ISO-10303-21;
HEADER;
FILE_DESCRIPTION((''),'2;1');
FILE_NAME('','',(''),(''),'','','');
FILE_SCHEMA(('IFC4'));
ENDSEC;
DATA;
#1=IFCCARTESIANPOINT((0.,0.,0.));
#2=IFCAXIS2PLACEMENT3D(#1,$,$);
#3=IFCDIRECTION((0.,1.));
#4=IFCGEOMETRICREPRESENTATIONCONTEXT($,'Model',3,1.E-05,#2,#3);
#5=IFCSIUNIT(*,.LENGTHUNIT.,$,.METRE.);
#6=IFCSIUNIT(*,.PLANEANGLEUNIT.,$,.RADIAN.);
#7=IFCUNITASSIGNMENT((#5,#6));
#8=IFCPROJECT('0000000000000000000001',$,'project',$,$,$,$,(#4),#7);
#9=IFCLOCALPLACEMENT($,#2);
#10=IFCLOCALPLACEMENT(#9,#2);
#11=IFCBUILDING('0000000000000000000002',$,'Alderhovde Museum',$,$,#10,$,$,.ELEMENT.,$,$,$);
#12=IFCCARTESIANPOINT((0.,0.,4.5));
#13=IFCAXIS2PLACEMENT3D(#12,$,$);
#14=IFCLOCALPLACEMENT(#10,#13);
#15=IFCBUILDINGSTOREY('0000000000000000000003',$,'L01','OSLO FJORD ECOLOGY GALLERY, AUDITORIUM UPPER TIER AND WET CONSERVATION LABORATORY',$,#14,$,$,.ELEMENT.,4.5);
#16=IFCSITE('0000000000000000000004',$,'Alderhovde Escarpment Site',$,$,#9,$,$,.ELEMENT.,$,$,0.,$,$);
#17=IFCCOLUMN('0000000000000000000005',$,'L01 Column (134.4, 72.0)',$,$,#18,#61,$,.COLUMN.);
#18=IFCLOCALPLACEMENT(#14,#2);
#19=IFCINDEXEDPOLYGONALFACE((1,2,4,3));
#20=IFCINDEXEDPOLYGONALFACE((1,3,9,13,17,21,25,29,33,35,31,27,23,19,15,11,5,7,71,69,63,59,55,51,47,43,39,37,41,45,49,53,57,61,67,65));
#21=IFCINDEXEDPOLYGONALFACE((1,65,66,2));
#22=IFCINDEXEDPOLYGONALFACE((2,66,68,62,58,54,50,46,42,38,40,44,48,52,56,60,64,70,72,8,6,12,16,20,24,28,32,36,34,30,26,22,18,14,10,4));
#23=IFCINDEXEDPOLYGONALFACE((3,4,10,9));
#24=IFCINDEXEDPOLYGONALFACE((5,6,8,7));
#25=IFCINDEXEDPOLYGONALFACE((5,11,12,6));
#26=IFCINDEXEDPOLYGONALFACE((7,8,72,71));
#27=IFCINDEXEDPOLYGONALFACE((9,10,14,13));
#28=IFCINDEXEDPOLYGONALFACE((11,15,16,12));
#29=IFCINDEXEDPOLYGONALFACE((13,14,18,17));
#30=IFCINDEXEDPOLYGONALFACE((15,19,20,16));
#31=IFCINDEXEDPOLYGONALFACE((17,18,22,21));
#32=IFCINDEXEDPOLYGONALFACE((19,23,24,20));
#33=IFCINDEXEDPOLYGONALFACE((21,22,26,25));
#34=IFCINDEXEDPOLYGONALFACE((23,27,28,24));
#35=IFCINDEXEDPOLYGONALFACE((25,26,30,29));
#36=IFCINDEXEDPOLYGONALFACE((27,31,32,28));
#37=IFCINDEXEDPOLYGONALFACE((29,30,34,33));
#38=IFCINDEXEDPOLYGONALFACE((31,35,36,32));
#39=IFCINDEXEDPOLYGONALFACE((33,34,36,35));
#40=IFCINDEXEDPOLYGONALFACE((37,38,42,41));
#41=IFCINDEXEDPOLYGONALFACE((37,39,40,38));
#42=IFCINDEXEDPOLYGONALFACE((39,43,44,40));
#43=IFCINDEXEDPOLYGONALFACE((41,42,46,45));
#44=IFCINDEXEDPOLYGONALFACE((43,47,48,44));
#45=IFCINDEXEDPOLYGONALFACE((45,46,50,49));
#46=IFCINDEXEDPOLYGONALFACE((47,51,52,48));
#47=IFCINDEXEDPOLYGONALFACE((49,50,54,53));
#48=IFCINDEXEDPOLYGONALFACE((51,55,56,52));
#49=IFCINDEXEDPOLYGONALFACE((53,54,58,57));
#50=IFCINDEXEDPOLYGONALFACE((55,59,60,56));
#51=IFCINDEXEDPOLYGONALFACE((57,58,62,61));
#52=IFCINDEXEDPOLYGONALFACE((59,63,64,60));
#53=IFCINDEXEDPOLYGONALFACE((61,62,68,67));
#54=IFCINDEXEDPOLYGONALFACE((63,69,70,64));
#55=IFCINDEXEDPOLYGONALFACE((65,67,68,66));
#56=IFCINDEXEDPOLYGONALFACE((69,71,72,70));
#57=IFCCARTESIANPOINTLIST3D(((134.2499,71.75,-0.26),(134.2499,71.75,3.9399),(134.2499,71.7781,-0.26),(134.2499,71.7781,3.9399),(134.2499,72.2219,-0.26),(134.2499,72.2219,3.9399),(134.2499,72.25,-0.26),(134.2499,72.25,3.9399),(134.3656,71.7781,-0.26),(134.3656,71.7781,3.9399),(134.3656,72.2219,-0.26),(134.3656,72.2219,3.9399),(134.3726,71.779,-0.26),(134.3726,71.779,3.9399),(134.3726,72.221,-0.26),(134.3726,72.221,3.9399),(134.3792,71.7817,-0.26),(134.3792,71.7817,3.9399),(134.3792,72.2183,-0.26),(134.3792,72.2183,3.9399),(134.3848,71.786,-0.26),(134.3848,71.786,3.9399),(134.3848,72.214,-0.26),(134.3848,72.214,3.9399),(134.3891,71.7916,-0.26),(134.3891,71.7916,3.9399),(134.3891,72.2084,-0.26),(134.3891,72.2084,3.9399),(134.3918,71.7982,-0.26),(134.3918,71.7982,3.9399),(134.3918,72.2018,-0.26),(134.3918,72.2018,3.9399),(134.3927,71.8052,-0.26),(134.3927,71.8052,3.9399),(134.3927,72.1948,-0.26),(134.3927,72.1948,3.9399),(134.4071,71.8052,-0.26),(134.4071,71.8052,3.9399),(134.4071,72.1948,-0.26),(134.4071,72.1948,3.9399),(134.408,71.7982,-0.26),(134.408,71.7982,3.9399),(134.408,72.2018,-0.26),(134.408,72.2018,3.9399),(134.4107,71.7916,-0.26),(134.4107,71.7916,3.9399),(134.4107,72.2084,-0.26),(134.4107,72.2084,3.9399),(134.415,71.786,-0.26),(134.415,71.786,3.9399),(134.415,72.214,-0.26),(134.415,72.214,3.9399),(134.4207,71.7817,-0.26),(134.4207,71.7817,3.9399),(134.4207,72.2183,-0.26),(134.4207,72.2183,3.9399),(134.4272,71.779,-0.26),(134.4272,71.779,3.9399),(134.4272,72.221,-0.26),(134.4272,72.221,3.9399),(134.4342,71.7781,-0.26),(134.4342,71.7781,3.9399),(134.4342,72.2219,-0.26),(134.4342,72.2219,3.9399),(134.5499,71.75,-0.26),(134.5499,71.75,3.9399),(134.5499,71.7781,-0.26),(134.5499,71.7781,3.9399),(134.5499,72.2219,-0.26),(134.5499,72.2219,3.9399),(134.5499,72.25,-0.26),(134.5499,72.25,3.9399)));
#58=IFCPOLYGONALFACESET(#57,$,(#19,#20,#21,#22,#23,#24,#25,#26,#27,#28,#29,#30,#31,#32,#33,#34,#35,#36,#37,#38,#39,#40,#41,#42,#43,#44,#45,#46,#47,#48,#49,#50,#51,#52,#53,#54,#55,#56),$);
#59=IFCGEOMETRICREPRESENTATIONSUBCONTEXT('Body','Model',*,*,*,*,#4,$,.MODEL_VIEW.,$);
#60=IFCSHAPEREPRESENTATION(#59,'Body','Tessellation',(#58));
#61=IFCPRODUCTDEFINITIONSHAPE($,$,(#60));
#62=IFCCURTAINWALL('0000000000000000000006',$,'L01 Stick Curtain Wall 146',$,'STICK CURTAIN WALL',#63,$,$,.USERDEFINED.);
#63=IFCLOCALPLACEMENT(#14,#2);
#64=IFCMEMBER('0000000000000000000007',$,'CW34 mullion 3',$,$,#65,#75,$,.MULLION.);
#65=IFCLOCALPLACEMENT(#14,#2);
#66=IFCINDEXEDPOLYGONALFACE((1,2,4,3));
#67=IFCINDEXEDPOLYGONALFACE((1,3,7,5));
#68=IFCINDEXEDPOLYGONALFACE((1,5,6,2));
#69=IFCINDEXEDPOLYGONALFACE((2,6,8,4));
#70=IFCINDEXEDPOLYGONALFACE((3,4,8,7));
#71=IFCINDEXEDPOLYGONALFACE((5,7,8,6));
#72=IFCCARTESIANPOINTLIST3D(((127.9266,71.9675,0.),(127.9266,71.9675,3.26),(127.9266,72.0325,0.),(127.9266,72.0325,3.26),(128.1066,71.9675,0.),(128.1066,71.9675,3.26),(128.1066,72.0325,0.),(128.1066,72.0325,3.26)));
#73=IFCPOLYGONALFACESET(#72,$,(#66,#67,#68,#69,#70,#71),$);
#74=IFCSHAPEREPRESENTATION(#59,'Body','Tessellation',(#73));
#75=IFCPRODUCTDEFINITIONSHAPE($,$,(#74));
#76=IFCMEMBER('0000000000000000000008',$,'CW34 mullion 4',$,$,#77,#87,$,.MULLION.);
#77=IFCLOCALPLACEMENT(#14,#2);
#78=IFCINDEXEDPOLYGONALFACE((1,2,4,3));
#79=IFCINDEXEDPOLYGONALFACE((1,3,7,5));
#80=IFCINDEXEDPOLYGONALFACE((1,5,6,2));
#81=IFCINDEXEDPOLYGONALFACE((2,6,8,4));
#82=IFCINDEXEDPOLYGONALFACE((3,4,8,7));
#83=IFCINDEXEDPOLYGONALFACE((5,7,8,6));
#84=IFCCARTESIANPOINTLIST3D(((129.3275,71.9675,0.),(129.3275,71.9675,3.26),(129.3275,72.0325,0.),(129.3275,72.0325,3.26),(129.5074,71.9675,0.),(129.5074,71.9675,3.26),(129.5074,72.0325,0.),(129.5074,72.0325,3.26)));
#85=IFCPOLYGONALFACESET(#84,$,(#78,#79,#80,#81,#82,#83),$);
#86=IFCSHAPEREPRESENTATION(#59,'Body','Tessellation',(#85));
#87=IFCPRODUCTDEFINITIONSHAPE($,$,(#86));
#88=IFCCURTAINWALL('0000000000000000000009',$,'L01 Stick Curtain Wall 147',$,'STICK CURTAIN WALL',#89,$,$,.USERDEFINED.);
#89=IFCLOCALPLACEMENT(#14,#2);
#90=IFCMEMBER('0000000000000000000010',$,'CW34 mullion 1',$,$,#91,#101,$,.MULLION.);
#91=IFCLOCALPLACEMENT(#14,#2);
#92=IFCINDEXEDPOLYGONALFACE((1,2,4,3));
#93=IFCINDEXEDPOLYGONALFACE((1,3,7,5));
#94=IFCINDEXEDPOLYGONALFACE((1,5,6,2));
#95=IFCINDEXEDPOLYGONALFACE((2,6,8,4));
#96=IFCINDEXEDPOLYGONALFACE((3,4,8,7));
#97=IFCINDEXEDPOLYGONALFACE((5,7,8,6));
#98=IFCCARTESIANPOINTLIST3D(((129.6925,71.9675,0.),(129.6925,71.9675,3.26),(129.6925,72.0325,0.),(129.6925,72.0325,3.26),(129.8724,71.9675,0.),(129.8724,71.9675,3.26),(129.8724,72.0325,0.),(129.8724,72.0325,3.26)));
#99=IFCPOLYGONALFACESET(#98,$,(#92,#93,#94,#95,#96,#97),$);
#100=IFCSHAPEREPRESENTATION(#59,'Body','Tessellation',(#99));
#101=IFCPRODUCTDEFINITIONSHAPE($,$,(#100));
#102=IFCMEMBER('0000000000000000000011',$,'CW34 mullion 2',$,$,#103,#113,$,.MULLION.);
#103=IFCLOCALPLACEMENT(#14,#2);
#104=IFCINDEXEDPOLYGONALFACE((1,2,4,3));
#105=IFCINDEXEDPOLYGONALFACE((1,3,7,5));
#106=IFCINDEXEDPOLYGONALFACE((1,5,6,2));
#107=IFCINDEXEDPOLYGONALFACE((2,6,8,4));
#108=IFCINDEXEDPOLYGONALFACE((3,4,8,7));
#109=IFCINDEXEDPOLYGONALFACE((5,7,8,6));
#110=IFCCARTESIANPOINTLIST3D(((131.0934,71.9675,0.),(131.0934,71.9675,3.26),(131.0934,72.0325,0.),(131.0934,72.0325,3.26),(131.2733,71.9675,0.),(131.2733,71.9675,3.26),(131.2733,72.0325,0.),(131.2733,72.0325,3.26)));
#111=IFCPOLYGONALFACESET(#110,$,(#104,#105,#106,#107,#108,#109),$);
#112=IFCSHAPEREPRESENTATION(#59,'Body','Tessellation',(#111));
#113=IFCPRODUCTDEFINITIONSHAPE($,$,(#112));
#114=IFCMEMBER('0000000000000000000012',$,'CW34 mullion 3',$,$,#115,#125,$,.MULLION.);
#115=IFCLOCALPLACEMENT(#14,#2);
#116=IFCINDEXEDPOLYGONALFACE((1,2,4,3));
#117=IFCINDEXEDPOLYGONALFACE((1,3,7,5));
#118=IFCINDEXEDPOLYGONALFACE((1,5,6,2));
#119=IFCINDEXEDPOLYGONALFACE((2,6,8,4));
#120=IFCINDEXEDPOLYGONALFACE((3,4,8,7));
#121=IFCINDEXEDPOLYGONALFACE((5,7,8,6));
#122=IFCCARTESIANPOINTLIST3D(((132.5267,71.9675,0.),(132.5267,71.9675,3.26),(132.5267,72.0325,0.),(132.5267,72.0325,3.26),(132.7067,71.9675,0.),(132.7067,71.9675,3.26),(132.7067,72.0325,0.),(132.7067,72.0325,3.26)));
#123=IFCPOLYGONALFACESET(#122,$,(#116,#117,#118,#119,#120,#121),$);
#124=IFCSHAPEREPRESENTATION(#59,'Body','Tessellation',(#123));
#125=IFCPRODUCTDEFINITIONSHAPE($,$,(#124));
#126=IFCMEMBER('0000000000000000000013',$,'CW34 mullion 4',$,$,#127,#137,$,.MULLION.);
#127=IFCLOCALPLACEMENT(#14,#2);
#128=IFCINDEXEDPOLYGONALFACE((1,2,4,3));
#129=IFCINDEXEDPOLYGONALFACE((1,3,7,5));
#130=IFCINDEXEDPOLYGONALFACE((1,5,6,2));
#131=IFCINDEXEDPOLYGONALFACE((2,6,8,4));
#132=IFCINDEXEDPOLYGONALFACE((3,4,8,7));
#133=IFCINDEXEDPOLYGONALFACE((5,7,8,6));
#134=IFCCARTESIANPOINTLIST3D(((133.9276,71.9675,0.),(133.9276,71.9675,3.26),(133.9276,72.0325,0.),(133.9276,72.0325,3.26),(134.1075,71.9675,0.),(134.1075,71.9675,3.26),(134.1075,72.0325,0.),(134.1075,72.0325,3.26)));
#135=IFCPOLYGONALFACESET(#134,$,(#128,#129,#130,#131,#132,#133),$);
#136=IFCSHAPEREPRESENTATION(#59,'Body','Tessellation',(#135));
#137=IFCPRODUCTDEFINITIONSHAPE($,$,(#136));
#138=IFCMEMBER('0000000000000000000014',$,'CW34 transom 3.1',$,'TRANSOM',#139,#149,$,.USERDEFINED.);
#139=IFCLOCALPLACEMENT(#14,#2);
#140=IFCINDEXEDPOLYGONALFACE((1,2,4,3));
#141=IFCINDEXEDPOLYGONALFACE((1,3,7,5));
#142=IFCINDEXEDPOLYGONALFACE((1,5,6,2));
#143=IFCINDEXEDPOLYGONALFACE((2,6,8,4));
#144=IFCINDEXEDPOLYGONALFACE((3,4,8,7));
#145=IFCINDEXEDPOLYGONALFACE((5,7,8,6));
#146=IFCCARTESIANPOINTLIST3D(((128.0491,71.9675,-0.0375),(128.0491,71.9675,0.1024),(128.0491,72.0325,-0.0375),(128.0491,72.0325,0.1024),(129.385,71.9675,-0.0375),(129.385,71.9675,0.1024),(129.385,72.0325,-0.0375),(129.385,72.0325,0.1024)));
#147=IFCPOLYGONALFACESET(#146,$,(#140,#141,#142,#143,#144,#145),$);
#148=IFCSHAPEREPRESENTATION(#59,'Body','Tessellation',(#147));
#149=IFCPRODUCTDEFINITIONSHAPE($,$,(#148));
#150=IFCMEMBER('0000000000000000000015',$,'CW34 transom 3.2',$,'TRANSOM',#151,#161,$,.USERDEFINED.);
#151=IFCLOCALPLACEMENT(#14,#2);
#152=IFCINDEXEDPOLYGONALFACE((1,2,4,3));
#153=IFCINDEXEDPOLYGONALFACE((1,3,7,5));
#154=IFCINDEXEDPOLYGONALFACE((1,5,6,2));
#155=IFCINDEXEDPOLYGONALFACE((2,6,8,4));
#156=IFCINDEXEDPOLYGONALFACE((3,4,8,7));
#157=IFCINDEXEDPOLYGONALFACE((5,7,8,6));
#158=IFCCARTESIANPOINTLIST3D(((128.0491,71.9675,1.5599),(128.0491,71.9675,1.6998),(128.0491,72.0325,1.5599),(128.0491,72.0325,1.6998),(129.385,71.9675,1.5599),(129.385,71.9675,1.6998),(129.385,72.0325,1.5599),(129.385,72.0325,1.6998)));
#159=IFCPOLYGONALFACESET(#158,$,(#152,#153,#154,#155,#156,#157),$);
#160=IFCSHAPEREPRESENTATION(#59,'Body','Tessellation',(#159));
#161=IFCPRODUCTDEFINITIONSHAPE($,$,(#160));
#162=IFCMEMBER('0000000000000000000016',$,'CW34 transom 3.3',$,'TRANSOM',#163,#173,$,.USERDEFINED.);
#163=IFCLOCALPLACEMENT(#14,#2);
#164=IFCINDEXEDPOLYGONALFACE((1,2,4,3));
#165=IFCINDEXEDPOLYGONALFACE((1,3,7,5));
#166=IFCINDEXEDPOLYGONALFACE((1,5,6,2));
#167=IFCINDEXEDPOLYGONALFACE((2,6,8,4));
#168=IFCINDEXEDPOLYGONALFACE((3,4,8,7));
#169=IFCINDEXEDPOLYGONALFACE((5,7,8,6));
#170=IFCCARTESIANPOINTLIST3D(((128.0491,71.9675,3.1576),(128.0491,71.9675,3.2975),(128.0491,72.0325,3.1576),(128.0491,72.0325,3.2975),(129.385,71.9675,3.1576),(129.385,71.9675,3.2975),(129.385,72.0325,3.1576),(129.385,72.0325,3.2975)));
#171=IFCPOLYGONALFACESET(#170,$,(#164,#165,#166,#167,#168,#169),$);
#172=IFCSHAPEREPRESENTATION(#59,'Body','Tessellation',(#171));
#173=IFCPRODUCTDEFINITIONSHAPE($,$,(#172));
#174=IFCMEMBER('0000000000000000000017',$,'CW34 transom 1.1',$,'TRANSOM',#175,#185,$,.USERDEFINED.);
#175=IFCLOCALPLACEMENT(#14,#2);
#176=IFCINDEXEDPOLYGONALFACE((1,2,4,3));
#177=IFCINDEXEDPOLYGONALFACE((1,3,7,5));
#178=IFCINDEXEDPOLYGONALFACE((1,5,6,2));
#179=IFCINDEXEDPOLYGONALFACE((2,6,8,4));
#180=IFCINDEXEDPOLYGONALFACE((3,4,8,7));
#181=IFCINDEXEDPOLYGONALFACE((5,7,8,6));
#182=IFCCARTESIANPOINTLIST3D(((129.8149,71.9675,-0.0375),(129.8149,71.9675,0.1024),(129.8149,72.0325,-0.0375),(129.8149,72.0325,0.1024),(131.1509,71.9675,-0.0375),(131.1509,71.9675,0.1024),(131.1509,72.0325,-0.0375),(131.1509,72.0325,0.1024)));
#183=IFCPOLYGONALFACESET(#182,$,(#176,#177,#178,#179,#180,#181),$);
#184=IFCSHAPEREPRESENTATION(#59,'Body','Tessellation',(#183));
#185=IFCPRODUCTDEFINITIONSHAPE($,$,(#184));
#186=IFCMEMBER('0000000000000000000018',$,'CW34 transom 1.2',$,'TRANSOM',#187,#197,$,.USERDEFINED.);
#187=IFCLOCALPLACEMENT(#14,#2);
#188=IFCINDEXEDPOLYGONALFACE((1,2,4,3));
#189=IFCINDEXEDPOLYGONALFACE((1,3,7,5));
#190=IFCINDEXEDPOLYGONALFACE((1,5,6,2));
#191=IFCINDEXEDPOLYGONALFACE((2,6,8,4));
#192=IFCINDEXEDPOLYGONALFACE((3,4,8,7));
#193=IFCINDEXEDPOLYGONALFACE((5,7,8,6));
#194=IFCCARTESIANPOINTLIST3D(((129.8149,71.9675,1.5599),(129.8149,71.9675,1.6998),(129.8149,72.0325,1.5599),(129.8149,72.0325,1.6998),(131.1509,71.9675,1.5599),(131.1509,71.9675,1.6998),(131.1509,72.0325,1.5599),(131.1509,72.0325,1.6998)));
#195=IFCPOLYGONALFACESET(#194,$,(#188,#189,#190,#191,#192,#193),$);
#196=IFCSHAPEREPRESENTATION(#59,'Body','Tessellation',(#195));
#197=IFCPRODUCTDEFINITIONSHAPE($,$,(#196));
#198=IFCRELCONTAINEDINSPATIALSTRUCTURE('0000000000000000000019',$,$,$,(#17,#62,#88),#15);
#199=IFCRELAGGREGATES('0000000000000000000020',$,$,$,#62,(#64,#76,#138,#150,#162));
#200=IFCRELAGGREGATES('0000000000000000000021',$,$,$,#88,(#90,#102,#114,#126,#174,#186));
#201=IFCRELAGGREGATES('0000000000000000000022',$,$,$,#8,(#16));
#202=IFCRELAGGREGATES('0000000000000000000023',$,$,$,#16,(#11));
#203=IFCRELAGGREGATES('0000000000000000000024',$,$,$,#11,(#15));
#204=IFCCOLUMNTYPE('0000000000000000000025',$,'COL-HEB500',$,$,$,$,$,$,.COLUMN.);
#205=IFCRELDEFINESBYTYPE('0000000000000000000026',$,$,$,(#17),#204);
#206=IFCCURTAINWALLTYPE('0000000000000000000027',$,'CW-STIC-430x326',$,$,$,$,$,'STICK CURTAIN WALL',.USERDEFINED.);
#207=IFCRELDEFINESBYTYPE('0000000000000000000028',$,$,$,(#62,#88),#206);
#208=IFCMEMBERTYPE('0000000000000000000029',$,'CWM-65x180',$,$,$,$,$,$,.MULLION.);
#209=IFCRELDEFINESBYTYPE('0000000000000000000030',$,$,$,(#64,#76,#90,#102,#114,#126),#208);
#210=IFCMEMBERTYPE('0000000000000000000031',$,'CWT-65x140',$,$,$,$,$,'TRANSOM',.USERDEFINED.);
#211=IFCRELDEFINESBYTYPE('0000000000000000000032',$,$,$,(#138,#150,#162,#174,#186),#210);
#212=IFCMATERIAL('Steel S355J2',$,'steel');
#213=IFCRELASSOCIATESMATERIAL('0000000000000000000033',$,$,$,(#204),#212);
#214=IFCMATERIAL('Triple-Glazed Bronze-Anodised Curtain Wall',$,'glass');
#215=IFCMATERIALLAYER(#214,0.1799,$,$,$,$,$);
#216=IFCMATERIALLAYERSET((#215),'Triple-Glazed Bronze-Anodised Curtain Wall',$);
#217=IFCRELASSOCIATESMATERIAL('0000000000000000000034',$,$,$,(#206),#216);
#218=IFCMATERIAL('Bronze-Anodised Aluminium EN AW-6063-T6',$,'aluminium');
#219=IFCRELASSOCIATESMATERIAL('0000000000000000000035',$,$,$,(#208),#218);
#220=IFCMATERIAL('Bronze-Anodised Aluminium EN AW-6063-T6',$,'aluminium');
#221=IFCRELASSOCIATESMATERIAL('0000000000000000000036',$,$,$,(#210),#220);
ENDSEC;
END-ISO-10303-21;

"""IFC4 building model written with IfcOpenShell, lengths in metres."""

from ifc_helpers import new_model, si_unit, direction, frame, origin, origin_2d, place, context, subcontext, project, spatial, rectangle, i_section, extrude, material, layer, layer_set, material_profile, profile_set, type_object, element, aggregate, save


model = new_model("IFC4")

# Units and contexts
model_context = context("Model", 3, precision=1e-05, world=origin(), true_north=direction((0.0, 1.0)))
body_context = subcontext(model_context, "Body", "Model", "MODEL_VIEW")
ifc_project = project(units=[si_unit("LENGTHUNIT", "METRE"), si_unit("PLANEANGLEUNIT", "RADIAN")], contexts=[model_context])

# Site, building, storey
site_placement = place(None, origin())
site = spatial("IfcSite", under=ifc_project, at=site_placement, Name="Alderhovde Escarpment Site", CompositionType="ELEMENT", RefElevation=0.0)
building_placement = place(site_placement, origin())
building = spatial("IfcBuilding", under=site, at=building_placement, Name="Alderhovde Museum", CompositionType="ELEMENT")
storey_placement = place(building_placement, frame((0.0, 0.0, 4.5)))
storey = spatial("IfcBuildingStorey", under=building, at=storey_placement, Name="L01", Description="OSLO FJORD ECOLOGY GALLERY, AUDITORIUM UPPER TIER AND WET CONSERVATION LABORATORY", CompositionType="ELEMENT", Elevation=4.5)

# Column
ifc_material_1 = material(Name="Steel S355J2", Category="steel")
ifc_material_profile_1 = material_profile(ifc_material_1, i_section(OverallWidth=0.3, OverallDepth=0.5, WebThickness=0.0144, FlangeThickness=0.0281, FilletRadius=0.0271, at=origin_2d()), Name="HEB 500")
ifc_profile_set_1 = profile_set([ifc_material_profile_1], Name="Steel S355J2")
column_type = type_object("IfcColumnType", Name="COL-HEB500", PredefinedType="COLUMN", material=ifc_profile_set_1)
column_placement = place(storey_placement, frame((134.3999, 72.0, -0.26), z_axis=(0.0, 0.0, 1.0), x_axis=(1.0, 0.0, 0.0)))
element("IfcColumn", 1, at=column_placement, inside=storey, type_object=column_type, Name="L01 Column (134.4, 72.0)", PredefinedType="COLUMN", context=body_context, shape_type="SweptSolid", body=[
    extrude(i_section(OverallWidth=0.3, OverallDepth=0.5, WebThickness=0.0144, FlangeThickness=0.0281, FilletRadius=0.0271, at=origin_2d()), origin(), (0.0, 0.0, 1.0), 4.2),
])

# Curtain walls, members
ifc_material_2 = material(Name="Triple-Glazed Bronze-Anodised Curtain Wall", Category="glass")
ifc_layer_1 = layer(ifc_material_2, 0.1799)
ifc_layer_set_1 = layer_set([ifc_layer_1], Name="Triple-Glazed Bronze-Anodised Curtain Wall")
curtain_wall_type = type_object("IfcCurtainWallType", Name="CW-STIC-430x326", ElementType="STICK CURTAIN WALL", PredefinedType="USERDEFINED", material=ifc_layer_set_1)
curtain_wall_1_placement = place(storey_placement, origin())
curtain_wall_1 = element("IfcCurtainWall", 2, at=curtain_wall_1_placement, inside=storey, type_object=curtain_wall_type, Name="L01 Stick Curtain Wall 146", ObjectType="STICK CURTAIN WALL", PredefinedType="USERDEFINED")
ifc_material_3 = material(Name="Bronze-Anodised Aluminium EN AW-6063-T6", Category="aluminium")
ifc_material_profile_2 = material_profile(ifc_material_3, rectangle(XDim=0.0649, YDim=0.1799, at=origin_2d()), Name="MULLION 65x180")
ifc_profile_set_2 = profile_set([ifc_material_profile_2], Name="Bronze-Anodised Aluminium EN AW-6063-T6")
member_type_1 = type_object("IfcMemberType", Name="CWM-65x180", PredefinedType="MULLION", material=ifc_profile_set_2)
member_1_placement = place(storey_placement, frame((128.0166, 72.0, 0.0), z_axis=(0.0, 0.0, 1.0), x_axis=(0.0, 1.0, 0.0)))
member_1 = element("IfcMember", 3, at=member_1_placement, type_object=member_type_1, Name="CW34 mullion 3", PredefinedType="MULLION", context=body_context, shape_type="SweptSolid", body=[
    extrude(rectangle(XDim=0.0649, YDim=0.1799, at=origin_2d()), origin(), (0.0, 0.0, 1.0), 3.26),
])
member_2_placement = place(storey_placement, frame((129.4175, 72.0, 0.0), z_axis=(0.0, 0.0, 1.0), x_axis=(0.0, 1.0, 0.0)))
member_2 = element("IfcMember", 4, at=member_2_placement, type_object=member_type_1, Name="CW34 mullion 4", PredefinedType="MULLION", context=body_context, shape_type="SweptSolid", body=[
    extrude(rectangle(XDim=0.0649, YDim=0.1799, at=origin_2d()), origin(), (0.0, 0.0, 1.0), 3.26),
])
curtain_wall_2_placement = place(storey_placement, origin())
curtain_wall_2 = element("IfcCurtainWall", 5, at=curtain_wall_2_placement, inside=storey, type_object=curtain_wall_type, Name="L01 Stick Curtain Wall 147", ObjectType="STICK CURTAIN WALL", PredefinedType="USERDEFINED")
member_3_placement = place(storey_placement, frame((129.7825, 72.0, 0.0), z_axis=(0.0, 0.0, 1.0), x_axis=(0.0, 1.0, 0.0)))
member_3 = element("IfcMember", 6, at=member_3_placement, type_object=member_type_1, Name="CW34 mullion 1", PredefinedType="MULLION", context=body_context, shape_type="SweptSolid", body=[
    extrude(rectangle(XDim=0.0649, YDim=0.1799, at=origin_2d()), origin(), (0.0, 0.0, 1.0), 3.26),
])
member_4_placement = place(storey_placement, frame((131.1833, 72.0, 0.0), z_axis=(0.0, 0.0, 1.0), x_axis=(0.0, 1.0, 0.0)))
member_4 = element("IfcMember", 7, at=member_4_placement, type_object=member_type_1, Name="CW34 mullion 2", PredefinedType="MULLION", context=body_context, shape_type="SweptSolid", body=[
    extrude(rectangle(XDim=0.0649, YDim=0.1799, at=origin_2d()), origin(), (0.0, 0.0, 1.0), 3.26),
])
member_5_placement = place(storey_placement, frame((132.6167, 72.0, 0.0), z_axis=(0.0, 0.0, 1.0), x_axis=(0.0, 1.0, 0.0)))
member_5 = element("IfcMember", 8, at=member_5_placement, type_object=member_type_1, Name="CW34 mullion 3", PredefinedType="MULLION", context=body_context, shape_type="SweptSolid", body=[
    extrude(rectangle(XDim=0.0649, YDim=0.1799, at=origin_2d()), origin(), (0.0, 0.0, 1.0), 3.26),
])
member_6_placement = place(storey_placement, frame((134.0176, 72.0, 0.0), z_axis=(0.0, 0.0, 1.0), x_axis=(0.0, 1.0, 0.0)))
member_6 = element("IfcMember", 9, at=member_6_placement, type_object=member_type_1, Name="CW34 mullion 4", PredefinedType="MULLION", context=body_context, shape_type="SweptSolid", body=[
    extrude(rectangle(XDim=0.0649, YDim=0.1799, at=origin_2d()), origin(), (0.0, 0.0, 1.0), 3.26),
])

# Members
ifc_material_4 = material(Name="Bronze-Anodised Aluminium EN AW-6063-T6", Category="aluminium")
ifc_material_profile_3 = material_profile(ifc_material_4, rectangle(XDim=0.0649, YDim=0.1399, at=origin_2d()), Name="TRANSOM 65x140")
ifc_profile_set_3 = profile_set([ifc_material_profile_3], Name="Bronze-Anodised Aluminium EN AW-6063-T6")
member_type_2 = type_object("IfcMemberType", Name="CWT-65x140", ElementType="TRANSOM", PredefinedType="USERDEFINED", material=ifc_profile_set_3)
member_7_placement = place(storey_placement, frame((128.0491, 72.0, 0.0325), z_axis=(1.0, 0.0, 0.0), x_axis=(0.0, 1.0, 0.0)))
member_7 = element("IfcMember", 10, at=member_7_placement, type_object=member_type_2, Name="CW34 transom 3.1", ObjectType="TRANSOM", PredefinedType="USERDEFINED", context=body_context, shape_type="SweptSolid", body=[
    extrude(rectangle(XDim=0.0649, YDim=0.1399, at=origin_2d()), origin(), (0.0, 0.0, 1.0), 1.3359),
])
member_8_placement = place(storey_placement, frame((128.0491, 72.0, 1.6299), z_axis=(1.0, 0.0, 0.0), x_axis=(0.0, 1.0, 0.0)))
member_8 = element("IfcMember", 11, at=member_8_placement, type_object=member_type_2, Name="CW34 transom 3.2", ObjectType="TRANSOM", PredefinedType="USERDEFINED", context=body_context, shape_type="SweptSolid", body=[
    extrude(rectangle(XDim=0.0649, YDim=0.1399, at=origin_2d()), origin(), (0.0, 0.0, 1.0), 1.3359),
])
member_9_placement = place(storey_placement, frame((128.0491, 72.0, 3.2275), z_axis=(1.0, 0.0, 0.0), x_axis=(0.0, 1.0, 0.0)))
member_9 = element("IfcMember", 12, at=member_9_placement, type_object=member_type_2, Name="CW34 transom 3.3", ObjectType="TRANSOM", PredefinedType="USERDEFINED", context=body_context, shape_type="SweptSolid", body=[
    extrude(rectangle(XDim=0.0649, YDim=0.1399, at=origin_2d()), origin(), (0.0, 0.0, 1.0), 1.3359),
])
member_10_placement = place(storey_placement, frame((129.8149, 72.0, 0.0325), z_axis=(1.0, 0.0, 0.0), x_axis=(0.0, 1.0, 0.0)))
member_10 = element("IfcMember", 13, at=member_10_placement, type_object=member_type_2, Name="CW34 transom 1.1", ObjectType="TRANSOM", PredefinedType="USERDEFINED", context=body_context, shape_type="SweptSolid", body=[
    extrude(rectangle(XDim=0.0649, YDim=0.1399, at=origin_2d()), origin(), (0.0, 0.0, 1.0), 1.3359),
])
member_11_placement = place(storey_placement, frame((129.8149, 72.0, 1.6299), z_axis=(1.0, 0.0, 0.0), x_axis=(0.0, 1.0, 0.0)))
member_11 = element("IfcMember", 14, at=member_11_placement, type_object=member_type_2, Name="CW34 transom 1.2", ObjectType="TRANSOM", PredefinedType="USERDEFINED", context=body_context, shape_type="SweptSolid", body=[
    extrude(rectangle(XDim=0.0649, YDim=0.1399, at=origin_2d()), origin(), (0.0, 0.0, 1.0), 1.3359),
])

aggregate(curtain_wall_1, [member_1, member_2, member_7, member_8, member_9])
aggregate(curtain_wall_2, [member_3, member_4, member_5, member_6, member_10, member_11])

save(model, "model.ifc")
